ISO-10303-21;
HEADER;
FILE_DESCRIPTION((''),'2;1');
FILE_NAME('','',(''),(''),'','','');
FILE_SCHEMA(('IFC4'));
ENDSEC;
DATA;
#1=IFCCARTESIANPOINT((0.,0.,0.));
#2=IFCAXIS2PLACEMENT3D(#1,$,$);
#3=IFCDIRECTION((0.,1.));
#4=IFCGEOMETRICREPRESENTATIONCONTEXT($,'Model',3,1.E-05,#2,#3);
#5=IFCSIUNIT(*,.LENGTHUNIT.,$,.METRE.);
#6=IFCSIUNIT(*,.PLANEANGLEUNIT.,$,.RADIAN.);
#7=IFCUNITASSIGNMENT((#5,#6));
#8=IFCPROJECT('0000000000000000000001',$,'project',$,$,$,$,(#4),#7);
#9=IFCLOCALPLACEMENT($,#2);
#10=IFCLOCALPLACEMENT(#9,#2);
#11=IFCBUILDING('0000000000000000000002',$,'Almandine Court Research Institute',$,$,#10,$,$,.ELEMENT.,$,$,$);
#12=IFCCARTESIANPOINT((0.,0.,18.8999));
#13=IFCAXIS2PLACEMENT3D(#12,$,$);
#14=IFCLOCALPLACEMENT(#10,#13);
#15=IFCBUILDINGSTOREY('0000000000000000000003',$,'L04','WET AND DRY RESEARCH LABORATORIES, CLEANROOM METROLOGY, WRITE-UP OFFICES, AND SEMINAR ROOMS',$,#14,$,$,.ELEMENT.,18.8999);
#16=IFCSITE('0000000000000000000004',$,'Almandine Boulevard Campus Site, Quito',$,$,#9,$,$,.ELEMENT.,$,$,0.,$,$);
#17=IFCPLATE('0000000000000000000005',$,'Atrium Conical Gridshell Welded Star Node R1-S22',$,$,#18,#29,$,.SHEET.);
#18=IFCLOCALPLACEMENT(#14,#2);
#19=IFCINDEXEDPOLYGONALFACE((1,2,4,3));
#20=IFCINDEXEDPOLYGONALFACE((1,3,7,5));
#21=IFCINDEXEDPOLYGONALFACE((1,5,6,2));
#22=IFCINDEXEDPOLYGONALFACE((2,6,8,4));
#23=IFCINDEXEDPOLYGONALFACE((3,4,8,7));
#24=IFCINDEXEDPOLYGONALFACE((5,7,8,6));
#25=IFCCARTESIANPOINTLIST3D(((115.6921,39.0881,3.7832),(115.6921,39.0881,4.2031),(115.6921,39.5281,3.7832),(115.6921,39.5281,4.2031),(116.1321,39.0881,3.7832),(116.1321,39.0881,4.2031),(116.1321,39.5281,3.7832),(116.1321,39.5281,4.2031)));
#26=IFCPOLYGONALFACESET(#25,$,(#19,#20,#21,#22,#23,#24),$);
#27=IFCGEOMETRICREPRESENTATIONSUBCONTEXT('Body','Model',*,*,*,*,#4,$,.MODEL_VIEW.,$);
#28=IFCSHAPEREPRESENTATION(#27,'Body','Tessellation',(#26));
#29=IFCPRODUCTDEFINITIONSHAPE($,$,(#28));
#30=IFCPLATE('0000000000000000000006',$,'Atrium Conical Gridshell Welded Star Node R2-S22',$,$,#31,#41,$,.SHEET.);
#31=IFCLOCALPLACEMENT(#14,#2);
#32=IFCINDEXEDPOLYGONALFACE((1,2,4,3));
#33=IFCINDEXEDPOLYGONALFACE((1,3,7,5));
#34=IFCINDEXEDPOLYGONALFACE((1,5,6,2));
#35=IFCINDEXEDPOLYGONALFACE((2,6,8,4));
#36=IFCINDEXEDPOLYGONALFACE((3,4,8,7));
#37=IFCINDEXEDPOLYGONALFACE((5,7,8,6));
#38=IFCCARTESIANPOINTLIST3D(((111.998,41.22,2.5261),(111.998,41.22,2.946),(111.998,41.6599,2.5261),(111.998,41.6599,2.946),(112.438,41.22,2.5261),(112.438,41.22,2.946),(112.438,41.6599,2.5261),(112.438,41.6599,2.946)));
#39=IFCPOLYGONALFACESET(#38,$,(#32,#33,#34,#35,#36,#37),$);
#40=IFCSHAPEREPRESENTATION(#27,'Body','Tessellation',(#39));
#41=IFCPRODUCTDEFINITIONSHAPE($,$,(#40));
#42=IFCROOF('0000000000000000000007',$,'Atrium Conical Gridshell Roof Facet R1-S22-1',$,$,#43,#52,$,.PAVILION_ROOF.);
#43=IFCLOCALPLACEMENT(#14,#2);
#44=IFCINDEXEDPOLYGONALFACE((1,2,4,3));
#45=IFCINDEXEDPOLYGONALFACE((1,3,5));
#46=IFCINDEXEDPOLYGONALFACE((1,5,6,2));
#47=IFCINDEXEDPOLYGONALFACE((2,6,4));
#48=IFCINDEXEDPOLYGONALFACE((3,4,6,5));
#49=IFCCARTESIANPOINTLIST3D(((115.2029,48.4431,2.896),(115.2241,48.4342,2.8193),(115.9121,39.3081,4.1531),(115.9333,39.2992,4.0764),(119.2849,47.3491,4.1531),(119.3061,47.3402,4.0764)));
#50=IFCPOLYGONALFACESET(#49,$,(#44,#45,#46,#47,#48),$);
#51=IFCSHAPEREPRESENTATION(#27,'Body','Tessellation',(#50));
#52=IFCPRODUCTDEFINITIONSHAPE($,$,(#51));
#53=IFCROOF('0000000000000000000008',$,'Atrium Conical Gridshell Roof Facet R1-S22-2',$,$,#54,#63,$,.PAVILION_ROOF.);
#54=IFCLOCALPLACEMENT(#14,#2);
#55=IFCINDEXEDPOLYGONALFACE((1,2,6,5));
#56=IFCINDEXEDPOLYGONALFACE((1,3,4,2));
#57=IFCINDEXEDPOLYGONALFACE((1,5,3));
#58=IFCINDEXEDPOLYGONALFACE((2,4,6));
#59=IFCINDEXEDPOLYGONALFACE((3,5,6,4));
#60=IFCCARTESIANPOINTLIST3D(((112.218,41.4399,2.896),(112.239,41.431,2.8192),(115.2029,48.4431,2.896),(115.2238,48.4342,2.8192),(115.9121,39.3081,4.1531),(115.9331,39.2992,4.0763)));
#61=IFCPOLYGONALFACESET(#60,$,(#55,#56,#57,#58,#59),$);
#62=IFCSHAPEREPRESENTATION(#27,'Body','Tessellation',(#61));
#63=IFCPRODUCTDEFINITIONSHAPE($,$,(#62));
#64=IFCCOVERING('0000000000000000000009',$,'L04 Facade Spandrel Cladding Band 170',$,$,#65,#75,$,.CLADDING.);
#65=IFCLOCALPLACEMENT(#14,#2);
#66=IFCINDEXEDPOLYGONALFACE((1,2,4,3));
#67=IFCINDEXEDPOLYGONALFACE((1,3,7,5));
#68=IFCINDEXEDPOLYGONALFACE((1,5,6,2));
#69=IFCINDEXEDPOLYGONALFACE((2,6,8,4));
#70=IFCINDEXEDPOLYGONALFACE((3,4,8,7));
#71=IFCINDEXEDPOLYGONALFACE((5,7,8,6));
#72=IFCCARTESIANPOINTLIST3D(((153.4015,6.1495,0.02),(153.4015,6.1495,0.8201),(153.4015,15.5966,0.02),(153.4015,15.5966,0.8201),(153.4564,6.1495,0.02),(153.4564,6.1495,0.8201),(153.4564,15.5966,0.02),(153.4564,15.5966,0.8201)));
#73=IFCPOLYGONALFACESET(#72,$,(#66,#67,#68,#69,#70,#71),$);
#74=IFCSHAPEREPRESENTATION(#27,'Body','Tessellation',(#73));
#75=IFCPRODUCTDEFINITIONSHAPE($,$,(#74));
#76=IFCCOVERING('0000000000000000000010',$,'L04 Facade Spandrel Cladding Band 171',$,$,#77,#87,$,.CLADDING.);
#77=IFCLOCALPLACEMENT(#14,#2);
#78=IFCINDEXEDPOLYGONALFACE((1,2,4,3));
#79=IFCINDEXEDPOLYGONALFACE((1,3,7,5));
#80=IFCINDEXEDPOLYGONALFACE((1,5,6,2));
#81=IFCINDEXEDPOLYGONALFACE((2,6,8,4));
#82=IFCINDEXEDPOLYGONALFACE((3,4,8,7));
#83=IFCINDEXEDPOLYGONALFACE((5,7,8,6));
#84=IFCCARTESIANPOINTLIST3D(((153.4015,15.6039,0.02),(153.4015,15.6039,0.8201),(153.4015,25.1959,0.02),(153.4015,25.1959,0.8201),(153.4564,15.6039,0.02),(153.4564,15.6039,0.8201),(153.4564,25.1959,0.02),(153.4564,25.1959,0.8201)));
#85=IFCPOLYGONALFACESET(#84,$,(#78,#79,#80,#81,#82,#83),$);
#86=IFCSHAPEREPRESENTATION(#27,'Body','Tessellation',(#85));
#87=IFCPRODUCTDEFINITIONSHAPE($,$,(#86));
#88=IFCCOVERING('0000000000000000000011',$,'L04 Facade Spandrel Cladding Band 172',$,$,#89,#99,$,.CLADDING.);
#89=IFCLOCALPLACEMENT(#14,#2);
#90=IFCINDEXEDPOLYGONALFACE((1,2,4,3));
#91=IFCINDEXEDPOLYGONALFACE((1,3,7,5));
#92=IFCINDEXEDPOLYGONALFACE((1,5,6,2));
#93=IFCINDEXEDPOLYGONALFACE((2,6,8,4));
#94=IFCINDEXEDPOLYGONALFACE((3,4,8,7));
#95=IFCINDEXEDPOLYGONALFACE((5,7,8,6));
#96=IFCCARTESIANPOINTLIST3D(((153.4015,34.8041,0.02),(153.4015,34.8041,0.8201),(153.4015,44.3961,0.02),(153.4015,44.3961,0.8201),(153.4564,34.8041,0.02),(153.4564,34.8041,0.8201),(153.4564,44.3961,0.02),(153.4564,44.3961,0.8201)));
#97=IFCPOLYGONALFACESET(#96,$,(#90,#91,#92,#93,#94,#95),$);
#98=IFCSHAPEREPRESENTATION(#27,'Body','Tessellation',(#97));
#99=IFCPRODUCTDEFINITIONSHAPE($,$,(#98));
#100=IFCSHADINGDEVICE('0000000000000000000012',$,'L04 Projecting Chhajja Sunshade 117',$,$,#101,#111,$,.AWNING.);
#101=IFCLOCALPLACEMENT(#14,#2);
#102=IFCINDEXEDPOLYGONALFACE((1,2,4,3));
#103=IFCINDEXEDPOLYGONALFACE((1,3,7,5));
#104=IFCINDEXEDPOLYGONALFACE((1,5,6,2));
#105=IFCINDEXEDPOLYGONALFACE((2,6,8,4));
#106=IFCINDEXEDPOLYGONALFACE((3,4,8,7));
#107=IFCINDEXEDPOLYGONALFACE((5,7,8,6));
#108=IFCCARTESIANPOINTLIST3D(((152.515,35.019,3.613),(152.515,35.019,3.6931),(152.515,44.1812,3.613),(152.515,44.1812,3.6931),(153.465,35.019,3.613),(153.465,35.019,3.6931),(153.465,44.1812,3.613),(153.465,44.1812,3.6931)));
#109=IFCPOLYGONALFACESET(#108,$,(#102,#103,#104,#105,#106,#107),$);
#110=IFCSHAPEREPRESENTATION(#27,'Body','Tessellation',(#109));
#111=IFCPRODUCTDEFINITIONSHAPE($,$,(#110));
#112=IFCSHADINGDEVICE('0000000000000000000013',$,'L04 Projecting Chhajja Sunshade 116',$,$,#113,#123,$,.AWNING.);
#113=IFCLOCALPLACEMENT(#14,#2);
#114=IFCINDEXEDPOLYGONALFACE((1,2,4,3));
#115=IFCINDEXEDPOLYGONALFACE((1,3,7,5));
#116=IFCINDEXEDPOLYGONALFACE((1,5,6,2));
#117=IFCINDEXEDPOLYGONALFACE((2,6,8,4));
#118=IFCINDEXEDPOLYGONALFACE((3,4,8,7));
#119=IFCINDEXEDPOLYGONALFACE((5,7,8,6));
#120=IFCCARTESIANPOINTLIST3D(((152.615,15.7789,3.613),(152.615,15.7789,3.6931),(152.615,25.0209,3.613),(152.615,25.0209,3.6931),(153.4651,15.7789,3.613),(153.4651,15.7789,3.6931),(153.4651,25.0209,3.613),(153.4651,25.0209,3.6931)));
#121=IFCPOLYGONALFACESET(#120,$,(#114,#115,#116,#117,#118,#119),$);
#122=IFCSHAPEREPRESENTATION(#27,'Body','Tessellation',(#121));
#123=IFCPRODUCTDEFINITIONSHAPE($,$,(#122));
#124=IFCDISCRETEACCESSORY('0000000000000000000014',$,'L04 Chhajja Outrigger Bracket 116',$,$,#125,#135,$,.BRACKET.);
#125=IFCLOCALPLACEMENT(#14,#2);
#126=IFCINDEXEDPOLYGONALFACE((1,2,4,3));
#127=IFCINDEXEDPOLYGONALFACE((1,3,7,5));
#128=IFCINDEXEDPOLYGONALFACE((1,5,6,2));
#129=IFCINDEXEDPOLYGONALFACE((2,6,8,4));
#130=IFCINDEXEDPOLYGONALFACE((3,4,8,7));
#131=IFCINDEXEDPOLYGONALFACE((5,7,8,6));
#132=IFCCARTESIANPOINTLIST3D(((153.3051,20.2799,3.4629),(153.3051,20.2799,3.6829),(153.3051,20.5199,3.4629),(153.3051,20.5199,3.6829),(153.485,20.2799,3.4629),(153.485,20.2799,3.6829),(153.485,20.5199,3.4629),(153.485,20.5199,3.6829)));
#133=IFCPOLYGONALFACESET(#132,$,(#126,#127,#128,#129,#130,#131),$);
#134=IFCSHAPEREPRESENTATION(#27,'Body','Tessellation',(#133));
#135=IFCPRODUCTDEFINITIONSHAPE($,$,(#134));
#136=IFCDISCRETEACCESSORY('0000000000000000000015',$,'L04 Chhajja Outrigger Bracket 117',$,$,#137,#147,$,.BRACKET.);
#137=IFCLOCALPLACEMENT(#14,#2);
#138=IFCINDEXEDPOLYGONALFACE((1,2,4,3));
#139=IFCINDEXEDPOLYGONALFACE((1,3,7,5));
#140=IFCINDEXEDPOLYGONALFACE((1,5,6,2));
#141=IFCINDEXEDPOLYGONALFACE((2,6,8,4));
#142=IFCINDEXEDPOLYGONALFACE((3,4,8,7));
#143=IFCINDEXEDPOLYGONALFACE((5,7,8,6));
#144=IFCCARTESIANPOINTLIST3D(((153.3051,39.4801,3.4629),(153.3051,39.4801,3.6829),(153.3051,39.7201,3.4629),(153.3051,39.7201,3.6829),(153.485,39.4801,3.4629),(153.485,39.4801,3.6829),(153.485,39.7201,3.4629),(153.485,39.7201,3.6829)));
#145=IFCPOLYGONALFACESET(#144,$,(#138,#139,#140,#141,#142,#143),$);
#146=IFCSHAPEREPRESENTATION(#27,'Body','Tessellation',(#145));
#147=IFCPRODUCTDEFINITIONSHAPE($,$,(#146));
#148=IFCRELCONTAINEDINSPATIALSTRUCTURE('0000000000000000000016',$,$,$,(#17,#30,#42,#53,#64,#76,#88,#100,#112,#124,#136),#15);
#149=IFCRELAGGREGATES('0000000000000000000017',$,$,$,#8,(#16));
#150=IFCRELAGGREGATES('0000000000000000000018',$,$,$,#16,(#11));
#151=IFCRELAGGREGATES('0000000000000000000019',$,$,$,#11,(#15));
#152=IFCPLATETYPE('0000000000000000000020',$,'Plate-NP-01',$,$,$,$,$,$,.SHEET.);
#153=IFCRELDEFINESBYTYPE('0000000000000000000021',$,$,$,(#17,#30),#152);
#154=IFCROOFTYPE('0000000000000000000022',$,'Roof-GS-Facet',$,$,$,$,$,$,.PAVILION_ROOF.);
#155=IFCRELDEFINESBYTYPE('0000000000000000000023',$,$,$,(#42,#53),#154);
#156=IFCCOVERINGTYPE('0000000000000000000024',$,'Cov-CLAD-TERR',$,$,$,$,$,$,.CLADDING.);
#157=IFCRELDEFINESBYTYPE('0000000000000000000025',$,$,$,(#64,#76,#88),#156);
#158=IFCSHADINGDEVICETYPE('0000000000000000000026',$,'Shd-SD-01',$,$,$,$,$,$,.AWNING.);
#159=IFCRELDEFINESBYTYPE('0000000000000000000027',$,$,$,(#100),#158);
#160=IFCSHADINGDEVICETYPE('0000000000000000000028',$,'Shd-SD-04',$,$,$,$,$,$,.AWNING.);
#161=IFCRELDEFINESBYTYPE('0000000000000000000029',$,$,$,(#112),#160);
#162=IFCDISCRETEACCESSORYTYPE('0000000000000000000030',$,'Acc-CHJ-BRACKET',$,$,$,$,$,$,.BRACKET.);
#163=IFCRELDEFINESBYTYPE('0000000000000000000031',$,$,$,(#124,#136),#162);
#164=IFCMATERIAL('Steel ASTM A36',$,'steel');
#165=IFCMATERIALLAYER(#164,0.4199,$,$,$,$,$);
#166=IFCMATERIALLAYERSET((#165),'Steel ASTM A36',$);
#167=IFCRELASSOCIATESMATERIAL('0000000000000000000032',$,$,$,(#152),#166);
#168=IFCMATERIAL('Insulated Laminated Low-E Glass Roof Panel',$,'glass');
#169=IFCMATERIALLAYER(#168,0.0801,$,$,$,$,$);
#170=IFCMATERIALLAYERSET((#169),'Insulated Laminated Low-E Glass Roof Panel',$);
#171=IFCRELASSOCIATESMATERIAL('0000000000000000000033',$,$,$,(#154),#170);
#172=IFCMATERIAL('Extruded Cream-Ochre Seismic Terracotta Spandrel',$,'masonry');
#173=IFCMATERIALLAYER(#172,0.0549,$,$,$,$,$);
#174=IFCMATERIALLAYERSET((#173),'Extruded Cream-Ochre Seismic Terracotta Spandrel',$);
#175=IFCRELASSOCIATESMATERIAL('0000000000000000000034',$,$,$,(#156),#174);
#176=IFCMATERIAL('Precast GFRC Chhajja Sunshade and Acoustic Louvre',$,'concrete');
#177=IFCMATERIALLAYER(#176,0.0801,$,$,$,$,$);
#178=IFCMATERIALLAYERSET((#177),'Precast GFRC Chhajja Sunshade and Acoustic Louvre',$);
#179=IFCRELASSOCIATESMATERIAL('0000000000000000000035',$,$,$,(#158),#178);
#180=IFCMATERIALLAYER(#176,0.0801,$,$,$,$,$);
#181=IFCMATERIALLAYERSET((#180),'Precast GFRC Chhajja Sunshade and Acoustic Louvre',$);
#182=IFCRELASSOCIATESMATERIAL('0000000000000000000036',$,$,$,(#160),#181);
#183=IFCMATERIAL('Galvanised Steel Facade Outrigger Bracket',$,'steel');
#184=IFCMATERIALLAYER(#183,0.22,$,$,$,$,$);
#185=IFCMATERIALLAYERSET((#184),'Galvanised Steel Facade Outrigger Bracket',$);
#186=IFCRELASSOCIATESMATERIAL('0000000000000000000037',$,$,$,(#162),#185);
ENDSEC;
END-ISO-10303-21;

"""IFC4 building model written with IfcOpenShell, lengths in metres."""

from ifc_helpers import new_model, si_unit, direction, frame, origin, origin_2d, place, context, subcontext, project, spatial, polyline, rectangle, outline, extrude, material, layer, layer_set, type_object, element, save


model = new_model("IFC4")

# Units and contexts
model_context = context("Model", 3, precision=1e-05, world=origin(), true_north=direction((0.0, 1.0)))
body_context = subcontext(model_context, "Body", "Model", "MODEL_VIEW")
ifc_project = project(units=[si_unit("LENGTHUNIT", "METRE"), si_unit("PLANEANGLEUNIT", "RADIAN")], contexts=[model_context])

# Site, building, storey
site_placement = place(None, origin())
site = spatial("IfcSite", under=ifc_project, at=site_placement, Name="Almandine Boulevard Campus Site, Quito", CompositionType="ELEMENT", RefElevation=0.0)
building_placement = place(site_placement, origin())
building = spatial("IfcBuilding", under=site, at=building_placement, Name="Almandine Court Research Institute", CompositionType="ELEMENT")
storey_placement = place(building_placement, frame((0.0, 0.0, 18.8999)))
storey = spatial("IfcBuildingStorey", under=building, at=storey_placement, Name="L04", Description="WET AND DRY RESEARCH LABORATORIES, CLEANROOM METROLOGY, WRITE-UP OFFICES, AND SEMINAR ROOMS", CompositionType="ELEMENT", Elevation=18.8999)

# Plates
ifc_material_1 = material(Name="Steel ASTM A36", Category="steel")
ifc_layer_1 = layer(ifc_material_1, 0.4199)
ifc_layer_set_1 = layer_set([ifc_layer_1], Name="Steel ASTM A36")
plate_type = type_object("IfcPlateType", Name="Plate-NP-01", PredefinedType="SHEET", material=ifc_layer_set_1)
for number, where, z_axis, x_axis, name in (
    (1, (115.9121, 39.3081, 3.7832), (0.0, 0.0, 1.0), (1.0, 0.0, 0.0), "Atrium Conical Gridshell Welded Star Node R1-S22"),
    (2, (112.218, 41.4399, 2.5261), (0.0, 0.0, 1.0), (1.0, 0.0, 0.0), "Atrium Conical Gridshell Welded Star Node R2-S22"),
):
    element("IfcPlate", number, at=place(storey_placement, frame(where, z_axis=z_axis, x_axis=x_axis)), inside=storey, type_object=plate_type, Name=name, PredefinedType="SHEET", context=body_context, shape_type="SweptSolid", body=[
        extrude(rectangle(XDim=0.4399, YDim=0.4399, at=origin_2d()), origin(), (0.0, 0.0, 1.0), 0.4199),
    ])

# Roofs
ifc_material_2 = material(Name="Insulated Laminated Low-E Glass Roof Panel", Category="glass")
ifc_layer_2 = layer(ifc_material_2, 0.0801)
ifc_layer_set_2 = layer_set([ifc_layer_2], Name="Insulated Laminated Low-E Glass Roof Panel")
roof_type = type_object("IfcRoofType", Name="Roof-GS-Facet", PredefinedType="PAVILION_ROOF", material=ifc_layer_set_2)
roof_1_placement = place(storey_placement, frame((115.9121, 39.3081, 4.1531), z_axis=(-0.265145, 0.111215, 0.957773), x_axis=(0.386801, 0.922163, 0.0)))
element("IfcRoof", 3, at=roof_1_placement, inside=storey, type_object=roof_type, Name="Atrium Conical Gridshell Roof Facet R1-S22-1", PredefinedType="PAVILION_ROOF", context=body_context, shape_type="SweptSolid", body=[
    extrude(outline(polyline([(0.0, 0.0), (8.7197, 0.0), (8.1496, 4.3721), (0.0, 0.0)])), origin(), (0.0, 0.0, -1.0), 0.0801),
])
roof_2_placement = place(storey_placement, frame((115.9121, 39.3081, 4.1531), z_axis=(-0.261822, 0.111593, 0.958643), x_axis=(-0.076687, 0.987747, -0.135925)))
element("IfcRoof", 4, at=roof_2_placement, inside=storey, type_object=roof_type, Name="Atrium Conical Gridshell Roof Facet R1-S22-2", PredefinedType="PAVILION_ROOF", context=body_context, shape_type="SweptSolid", body=[
    extrude(outline(polyline([(0.0, 0.0), (9.2483, 0.0), (2.5599, 3.6357), (0.0, 0.0)])), origin(), (0.0, 0.0, -1.0), 0.0801),
])

# Coverings
ifc_material_3 = material(Name="Extruded Cream-Ochre Seismic Terracotta Spandrel", Category="masonry")
ifc_layer_3 = layer(ifc_material_3, 0.0549)
ifc_layer_set_3 = layer_set([ifc_layer_3], Name="Extruded Cream-Ochre Seismic Terracotta Spandrel")
covering_type = type_object("IfcCoveringType", Name="Cov-CLAD-TERR", PredefinedType="CLADDING", material=ifc_layer_set_3)
covering_placement = place(storey_placement, frame((153.429, 10.873, 0.02), z_axis=(0.0, 0.0, 1.0), x_axis=(0.0, 1.0, 0.0)))
element("IfcCovering", 5, at=covering_placement, inside=storey, type_object=covering_type, Name="L04 Facade Spandrel Cladding Band 170", PredefinedType="CLADDING", context=body_context, shape_type="SweptSolid", body=[
    extrude(rectangle(XDim=9.447, YDim=0.0549, at=origin_2d()), origin(), (0.0, 0.0, 1.0), 0.8),
])
for number, where, z_axis, x_axis, name in (
    (6, (153.429, 20.3999, 0.02), (0.0, 0.0, 1.0), (0.0, 1.0, 0.0), "L04 Facade Spandrel Cladding Band 171"),
    (7, (153.429, 39.6001, 0.02), (0.0, 0.0, 1.0), (0.0, 1.0, 0.0), "L04 Facade Spandrel Cladding Band 172"),
):
    element("IfcCovering", number, at=place(storey_placement, frame(where, z_axis=z_axis, x_axis=x_axis)), inside=storey, type_object=covering_type, Name=name, PredefinedType="CLADDING", context=body_context, shape_type="SweptSolid", body=[
        extrude(rectangle(XDim=9.592, YDim=0.0549, at=origin_2d()), origin(), (0.0, 0.0, 1.0), 0.8),
    ])

# Shading devices
ifc_material_4 = material(Name="Precast GFRC Chhajja Sunshade and Acoustic Louvre", Category="concrete")
ifc_layer_4 = layer(ifc_material_4, 0.0801)
ifc_layer_set_4 = layer_set([ifc_layer_4], Name="Precast GFRC Chhajja Sunshade and Acoustic Louvre")
shading_device_type_1 = type_object("IfcShadingDeviceType", Name="Shd-SD-01", PredefinedType="AWNING", material=ifc_layer_set_4)
shading_device_1_placement = place(storey_placement, frame((152.99, 39.6001, 3.613), z_axis=(0.0, 0.0, 1.0), x_axis=(0.0, 1.0, 0.0)))
element("IfcShadingDevice", 8, at=shading_device_1_placement, inside=storey, type_object=shading_device_type_1, Name="L04 Projecting Chhajja Sunshade 117", PredefinedType="AWNING", context=body_context, shape_type="SweptSolid", body=[
    extrude(rectangle(XDim=9.1621, YDim=0.95, at=origin_2d()), origin(), (0.0, 0.0, 1.0), 0.0801),
])
ifc_layer_5 = layer(ifc_material_4, 0.0801)
ifc_layer_set_5 = layer_set([ifc_layer_5], Name="Precast GFRC Chhajja Sunshade and Acoustic Louvre")
shading_device_type_2 = type_object("IfcShadingDeviceType", Name="Shd-SD-04", PredefinedType="AWNING", material=ifc_layer_set_5)
shading_device_2_placement = place(storey_placement, frame((153.04, 20.3999, 3.613), z_axis=(0.0, 0.0, 1.0), x_axis=(0.0, 1.0, 0.0)))
element("IfcShadingDevice", 9, at=shading_device_2_placement, inside=storey, type_object=shading_device_type_2, Name="L04 Projecting Chhajja Sunshade 116", PredefinedType="AWNING", context=body_context, shape_type="SweptSolid", body=[
    extrude(rectangle(XDim=9.2419, YDim=0.8501, at=origin_2d()), origin(), (0.0, 0.0, 1.0), 0.0801),
])

# Discrete accessories
ifc_material_5 = material(Name="Galvanised Steel Facade Outrigger Bracket", Category="steel")
ifc_layer_6 = layer(ifc_material_5, 0.22)
ifc_layer_set_6 = layer_set([ifc_layer_6], Name="Galvanised Steel Facade Outrigger Bracket")
discrete_accessory_type = type_object("IfcDiscreteAccessoryType", Name="Acc-CHJ-BRACKET", PredefinedType="BRACKET", material=ifc_layer_set_6)
for number, where, z_axis, x_axis, name in (
    (10, (153.395, 20.3999, 3.4629), (0.0, 0.0, 1.0), (0.0, 1.0, 0.0), "L04 Chhajja Outrigger Bracket 116"),
    (11, (153.395, 39.6001, 3.4629), (0.0, 0.0, 1.0), (0.0, 1.0, 0.0), "L04 Chhajja Outrigger Bracket 117"),
):
    element("IfcDiscreteAccessory", number, at=place(storey_placement, frame(where, z_axis=z_axis, x_axis=x_axis)), inside=storey, type_object=discrete_accessory_type, Name=name, PredefinedType="BRACKET", context=body_context, shape_type="SweptSolid", body=[
        extrude(rectangle(XDim=0.24, YDim=0.1799, at=origin_2d()), origin(), (0.0, 0.0, 1.0), 0.22),
    ])

save(model, "model.ifc")
